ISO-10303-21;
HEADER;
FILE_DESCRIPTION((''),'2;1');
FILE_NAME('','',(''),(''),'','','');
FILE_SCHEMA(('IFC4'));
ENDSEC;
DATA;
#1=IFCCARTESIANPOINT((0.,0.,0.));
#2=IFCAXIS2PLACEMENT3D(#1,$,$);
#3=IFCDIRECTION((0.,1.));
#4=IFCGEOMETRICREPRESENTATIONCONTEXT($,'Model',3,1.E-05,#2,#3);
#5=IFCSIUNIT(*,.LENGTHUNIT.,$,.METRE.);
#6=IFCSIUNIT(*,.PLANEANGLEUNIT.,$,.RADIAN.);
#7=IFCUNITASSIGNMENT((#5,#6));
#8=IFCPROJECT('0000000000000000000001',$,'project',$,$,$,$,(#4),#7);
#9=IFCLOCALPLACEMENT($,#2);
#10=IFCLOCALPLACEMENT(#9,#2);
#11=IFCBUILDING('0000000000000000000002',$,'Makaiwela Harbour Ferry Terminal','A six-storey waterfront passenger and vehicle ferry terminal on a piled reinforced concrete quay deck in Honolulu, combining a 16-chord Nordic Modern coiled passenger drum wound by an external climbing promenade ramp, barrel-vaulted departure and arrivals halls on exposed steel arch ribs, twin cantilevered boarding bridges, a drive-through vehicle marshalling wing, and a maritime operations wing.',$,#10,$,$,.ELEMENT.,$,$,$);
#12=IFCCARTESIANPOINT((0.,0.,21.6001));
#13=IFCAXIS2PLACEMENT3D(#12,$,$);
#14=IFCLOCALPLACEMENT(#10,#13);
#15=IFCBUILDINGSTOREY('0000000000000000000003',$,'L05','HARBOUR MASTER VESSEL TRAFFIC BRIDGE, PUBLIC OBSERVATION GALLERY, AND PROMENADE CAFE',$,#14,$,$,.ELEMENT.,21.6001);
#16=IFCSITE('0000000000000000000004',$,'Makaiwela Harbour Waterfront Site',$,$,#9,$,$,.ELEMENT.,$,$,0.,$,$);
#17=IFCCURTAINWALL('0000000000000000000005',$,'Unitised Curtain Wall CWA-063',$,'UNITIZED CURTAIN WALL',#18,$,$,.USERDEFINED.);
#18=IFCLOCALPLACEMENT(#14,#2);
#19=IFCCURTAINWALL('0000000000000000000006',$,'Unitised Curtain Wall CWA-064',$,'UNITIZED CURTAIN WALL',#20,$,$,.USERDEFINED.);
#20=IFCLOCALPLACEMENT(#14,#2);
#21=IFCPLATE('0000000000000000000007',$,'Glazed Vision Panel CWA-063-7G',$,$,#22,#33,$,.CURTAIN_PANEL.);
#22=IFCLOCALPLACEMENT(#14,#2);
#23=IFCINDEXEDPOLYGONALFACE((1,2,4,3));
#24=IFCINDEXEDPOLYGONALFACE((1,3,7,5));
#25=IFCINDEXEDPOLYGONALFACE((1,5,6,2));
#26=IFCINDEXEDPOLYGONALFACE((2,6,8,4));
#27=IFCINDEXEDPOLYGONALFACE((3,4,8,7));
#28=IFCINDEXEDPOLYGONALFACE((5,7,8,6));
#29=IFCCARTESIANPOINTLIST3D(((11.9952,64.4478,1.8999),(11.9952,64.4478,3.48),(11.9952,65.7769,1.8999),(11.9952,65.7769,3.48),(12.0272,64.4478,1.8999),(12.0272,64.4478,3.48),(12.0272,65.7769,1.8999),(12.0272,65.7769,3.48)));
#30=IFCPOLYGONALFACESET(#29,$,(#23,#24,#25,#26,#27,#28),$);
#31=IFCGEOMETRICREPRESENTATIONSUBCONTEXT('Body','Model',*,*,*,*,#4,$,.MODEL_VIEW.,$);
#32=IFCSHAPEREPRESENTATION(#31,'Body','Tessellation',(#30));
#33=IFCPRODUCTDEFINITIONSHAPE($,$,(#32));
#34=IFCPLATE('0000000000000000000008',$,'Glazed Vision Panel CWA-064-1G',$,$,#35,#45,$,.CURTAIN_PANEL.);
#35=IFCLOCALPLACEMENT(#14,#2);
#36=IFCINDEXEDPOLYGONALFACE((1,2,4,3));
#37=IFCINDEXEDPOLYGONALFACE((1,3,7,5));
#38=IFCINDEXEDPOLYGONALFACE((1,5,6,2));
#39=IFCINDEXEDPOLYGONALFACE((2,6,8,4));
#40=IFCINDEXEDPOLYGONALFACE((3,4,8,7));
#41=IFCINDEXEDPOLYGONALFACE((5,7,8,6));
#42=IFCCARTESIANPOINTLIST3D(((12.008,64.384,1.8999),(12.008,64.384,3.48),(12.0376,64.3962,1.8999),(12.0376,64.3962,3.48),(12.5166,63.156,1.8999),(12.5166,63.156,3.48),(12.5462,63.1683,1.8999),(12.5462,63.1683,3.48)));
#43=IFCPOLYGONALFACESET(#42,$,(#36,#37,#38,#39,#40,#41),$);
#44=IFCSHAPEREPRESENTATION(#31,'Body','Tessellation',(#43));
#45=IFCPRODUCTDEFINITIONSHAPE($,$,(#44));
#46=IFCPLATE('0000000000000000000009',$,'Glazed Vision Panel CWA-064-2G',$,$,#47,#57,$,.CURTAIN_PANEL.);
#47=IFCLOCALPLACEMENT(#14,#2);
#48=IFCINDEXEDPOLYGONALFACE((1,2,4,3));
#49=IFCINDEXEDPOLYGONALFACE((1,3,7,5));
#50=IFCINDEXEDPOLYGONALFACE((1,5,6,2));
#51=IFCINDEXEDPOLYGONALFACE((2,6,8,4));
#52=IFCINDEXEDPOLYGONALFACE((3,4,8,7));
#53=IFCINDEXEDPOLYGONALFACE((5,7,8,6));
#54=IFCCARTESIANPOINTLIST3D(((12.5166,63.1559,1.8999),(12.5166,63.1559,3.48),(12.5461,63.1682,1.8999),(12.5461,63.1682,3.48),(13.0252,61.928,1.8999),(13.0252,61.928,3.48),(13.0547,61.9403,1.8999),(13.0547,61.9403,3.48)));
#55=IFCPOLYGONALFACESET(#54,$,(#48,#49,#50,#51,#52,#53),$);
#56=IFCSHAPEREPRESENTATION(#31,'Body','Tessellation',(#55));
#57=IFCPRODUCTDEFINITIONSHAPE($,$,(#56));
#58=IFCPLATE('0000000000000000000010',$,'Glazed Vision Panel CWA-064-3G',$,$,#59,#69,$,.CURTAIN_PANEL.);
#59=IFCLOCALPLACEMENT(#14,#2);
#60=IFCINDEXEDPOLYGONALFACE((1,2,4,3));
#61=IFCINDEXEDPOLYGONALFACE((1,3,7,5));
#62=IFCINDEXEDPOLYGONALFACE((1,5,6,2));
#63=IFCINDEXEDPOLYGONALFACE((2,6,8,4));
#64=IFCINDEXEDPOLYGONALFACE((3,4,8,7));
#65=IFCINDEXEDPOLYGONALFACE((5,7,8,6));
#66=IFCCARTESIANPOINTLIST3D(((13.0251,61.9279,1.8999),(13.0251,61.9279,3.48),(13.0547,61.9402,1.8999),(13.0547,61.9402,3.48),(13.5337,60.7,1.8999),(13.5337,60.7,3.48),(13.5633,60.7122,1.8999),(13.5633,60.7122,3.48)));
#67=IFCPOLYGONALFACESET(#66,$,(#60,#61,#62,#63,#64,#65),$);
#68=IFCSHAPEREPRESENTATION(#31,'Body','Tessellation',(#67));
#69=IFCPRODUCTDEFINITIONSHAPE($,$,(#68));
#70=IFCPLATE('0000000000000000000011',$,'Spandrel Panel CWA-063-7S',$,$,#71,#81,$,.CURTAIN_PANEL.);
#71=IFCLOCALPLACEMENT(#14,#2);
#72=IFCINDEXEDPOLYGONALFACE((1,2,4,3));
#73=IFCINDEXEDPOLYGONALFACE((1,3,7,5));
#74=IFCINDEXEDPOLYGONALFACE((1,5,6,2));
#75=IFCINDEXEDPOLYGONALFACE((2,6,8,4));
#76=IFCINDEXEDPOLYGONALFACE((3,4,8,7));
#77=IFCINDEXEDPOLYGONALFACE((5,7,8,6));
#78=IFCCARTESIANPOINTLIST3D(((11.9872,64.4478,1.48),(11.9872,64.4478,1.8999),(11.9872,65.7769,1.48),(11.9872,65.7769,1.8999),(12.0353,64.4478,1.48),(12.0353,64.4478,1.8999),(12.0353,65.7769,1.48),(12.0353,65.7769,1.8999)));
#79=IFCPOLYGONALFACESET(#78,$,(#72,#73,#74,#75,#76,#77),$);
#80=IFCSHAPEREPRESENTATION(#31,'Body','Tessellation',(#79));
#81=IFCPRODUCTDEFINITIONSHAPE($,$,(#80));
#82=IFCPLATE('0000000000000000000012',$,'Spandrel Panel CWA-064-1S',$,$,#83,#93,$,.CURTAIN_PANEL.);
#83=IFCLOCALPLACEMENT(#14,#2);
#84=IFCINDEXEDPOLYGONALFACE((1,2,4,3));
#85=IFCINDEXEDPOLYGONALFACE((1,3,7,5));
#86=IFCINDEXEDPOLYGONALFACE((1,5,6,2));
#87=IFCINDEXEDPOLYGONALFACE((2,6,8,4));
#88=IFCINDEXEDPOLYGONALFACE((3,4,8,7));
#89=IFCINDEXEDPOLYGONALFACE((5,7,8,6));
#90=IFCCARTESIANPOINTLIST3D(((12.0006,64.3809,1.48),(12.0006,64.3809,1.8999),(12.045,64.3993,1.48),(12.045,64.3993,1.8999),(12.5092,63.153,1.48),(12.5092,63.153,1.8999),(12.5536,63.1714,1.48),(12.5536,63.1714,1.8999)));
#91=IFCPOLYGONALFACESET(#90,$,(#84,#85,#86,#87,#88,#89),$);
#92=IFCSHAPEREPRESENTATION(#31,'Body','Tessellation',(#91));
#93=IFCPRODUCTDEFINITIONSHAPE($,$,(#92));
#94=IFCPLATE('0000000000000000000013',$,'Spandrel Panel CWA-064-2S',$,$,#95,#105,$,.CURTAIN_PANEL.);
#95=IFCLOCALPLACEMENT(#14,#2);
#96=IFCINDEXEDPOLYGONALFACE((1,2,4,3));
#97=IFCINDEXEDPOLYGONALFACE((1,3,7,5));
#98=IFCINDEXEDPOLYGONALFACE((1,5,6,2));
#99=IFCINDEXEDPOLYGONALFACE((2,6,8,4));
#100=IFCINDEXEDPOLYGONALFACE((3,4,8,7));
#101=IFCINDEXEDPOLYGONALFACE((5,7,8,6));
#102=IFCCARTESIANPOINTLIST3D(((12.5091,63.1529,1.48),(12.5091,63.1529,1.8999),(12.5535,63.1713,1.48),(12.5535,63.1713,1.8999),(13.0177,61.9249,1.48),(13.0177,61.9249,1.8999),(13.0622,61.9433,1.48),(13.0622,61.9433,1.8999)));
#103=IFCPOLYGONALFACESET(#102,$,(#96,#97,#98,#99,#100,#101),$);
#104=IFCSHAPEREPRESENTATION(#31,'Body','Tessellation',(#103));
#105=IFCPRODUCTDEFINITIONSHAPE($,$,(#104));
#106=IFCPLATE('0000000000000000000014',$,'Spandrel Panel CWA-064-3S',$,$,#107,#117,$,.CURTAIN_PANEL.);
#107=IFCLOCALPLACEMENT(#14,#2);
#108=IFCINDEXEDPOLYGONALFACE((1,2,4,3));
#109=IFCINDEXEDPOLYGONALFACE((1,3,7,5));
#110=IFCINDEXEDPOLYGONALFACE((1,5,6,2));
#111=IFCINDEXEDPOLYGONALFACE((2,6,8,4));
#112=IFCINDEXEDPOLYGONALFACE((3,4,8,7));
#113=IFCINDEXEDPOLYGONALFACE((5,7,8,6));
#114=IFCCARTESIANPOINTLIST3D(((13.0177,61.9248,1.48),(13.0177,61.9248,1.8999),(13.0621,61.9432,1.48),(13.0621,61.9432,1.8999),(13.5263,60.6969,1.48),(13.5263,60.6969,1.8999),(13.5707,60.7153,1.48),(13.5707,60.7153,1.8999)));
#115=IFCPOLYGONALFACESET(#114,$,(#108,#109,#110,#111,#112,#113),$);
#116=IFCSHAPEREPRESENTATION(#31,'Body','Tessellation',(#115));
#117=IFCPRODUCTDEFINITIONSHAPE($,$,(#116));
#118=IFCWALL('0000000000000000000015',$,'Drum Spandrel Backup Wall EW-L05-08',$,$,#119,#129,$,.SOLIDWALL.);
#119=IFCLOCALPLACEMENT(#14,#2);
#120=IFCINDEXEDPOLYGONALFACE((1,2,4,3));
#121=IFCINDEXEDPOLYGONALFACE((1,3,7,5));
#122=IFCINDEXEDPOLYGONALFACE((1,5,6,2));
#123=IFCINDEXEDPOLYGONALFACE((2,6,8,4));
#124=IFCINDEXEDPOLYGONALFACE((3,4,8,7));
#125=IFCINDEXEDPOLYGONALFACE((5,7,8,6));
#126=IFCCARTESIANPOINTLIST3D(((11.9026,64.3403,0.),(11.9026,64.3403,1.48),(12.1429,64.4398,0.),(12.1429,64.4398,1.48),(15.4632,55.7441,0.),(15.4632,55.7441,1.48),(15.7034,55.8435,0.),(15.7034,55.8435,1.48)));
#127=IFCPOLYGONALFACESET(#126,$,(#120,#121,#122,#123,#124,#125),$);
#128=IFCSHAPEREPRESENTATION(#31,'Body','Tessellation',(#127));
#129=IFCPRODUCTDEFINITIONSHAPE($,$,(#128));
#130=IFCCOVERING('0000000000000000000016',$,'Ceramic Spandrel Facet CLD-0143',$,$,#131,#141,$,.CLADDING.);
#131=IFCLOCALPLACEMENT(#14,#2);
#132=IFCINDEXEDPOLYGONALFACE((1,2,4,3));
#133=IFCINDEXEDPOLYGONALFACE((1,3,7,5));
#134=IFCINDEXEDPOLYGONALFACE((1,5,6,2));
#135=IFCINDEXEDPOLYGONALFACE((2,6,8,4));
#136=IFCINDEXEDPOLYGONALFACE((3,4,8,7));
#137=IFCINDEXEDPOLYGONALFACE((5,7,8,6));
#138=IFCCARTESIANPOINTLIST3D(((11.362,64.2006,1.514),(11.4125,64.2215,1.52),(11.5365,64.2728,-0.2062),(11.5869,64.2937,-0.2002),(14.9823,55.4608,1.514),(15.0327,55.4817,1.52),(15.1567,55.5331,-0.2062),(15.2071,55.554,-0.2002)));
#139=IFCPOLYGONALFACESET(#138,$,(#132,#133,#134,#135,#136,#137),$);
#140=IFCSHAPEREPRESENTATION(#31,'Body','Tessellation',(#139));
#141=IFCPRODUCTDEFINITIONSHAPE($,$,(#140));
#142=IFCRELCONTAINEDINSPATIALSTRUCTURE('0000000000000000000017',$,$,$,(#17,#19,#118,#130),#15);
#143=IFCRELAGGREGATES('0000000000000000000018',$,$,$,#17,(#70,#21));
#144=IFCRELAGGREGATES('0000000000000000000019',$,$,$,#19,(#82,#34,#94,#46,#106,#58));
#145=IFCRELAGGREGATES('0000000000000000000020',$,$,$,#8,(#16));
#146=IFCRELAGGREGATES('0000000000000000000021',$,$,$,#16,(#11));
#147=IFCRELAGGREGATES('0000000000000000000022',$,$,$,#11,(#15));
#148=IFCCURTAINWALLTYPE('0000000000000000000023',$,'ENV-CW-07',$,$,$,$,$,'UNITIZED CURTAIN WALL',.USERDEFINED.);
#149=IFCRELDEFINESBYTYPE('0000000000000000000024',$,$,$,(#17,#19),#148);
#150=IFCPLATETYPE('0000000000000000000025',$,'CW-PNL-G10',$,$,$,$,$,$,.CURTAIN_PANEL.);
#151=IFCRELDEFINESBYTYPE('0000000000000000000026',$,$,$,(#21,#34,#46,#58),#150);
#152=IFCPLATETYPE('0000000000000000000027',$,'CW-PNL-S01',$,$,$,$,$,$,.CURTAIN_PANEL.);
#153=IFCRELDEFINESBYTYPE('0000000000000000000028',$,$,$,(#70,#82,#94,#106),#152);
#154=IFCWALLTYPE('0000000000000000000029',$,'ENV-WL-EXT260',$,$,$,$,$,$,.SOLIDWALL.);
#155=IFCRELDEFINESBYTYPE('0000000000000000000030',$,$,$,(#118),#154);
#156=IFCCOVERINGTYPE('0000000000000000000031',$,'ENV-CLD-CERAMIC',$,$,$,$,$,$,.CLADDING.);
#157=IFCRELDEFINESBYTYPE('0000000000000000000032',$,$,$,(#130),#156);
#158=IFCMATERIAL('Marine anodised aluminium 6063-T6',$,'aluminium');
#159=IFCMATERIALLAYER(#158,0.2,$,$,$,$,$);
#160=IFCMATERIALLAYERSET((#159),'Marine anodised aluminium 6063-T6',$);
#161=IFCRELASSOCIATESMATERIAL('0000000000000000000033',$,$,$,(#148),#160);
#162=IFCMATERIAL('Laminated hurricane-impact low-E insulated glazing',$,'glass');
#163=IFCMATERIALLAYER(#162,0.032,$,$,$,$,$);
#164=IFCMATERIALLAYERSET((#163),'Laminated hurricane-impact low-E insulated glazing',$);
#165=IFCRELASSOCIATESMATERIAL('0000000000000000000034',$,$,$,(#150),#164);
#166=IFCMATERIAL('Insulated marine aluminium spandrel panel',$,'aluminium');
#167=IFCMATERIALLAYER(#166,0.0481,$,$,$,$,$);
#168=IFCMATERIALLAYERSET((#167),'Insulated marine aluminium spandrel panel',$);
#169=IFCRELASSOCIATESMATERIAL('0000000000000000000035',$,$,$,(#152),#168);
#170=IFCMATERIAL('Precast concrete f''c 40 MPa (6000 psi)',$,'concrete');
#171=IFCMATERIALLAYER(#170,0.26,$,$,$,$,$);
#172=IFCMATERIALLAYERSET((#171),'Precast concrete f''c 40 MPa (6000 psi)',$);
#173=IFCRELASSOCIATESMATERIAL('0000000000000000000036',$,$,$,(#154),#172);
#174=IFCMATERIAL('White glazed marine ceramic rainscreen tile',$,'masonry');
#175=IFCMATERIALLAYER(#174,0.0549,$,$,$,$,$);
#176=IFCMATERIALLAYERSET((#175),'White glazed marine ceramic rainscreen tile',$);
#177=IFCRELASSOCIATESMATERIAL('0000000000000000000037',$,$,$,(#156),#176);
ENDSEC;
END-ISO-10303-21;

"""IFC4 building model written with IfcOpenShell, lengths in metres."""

from ifc_helpers import new_model, si_unit, direction, frame, frame_2d, origin, origin_2d, place, context, subcontext, project, spatial, polyline, rectangle, outline, extrude, material, layer, layer_set, type_object, element, aggregate, save


model = new_model("IFC4")

# Units and contexts
model_context = context("Model", 3, precision=1e-05, world=origin(), true_north=direction((0.0, 1.0)))
body_context = subcontext(model_context, "Body", "Model", "MODEL_VIEW")
ifc_project = project(units=[si_unit("LENGTHUNIT", "METRE"), si_unit("PLANEANGLEUNIT", "RADIAN")], contexts=[model_context])

# Site, building, storey
site_placement = place(None, origin())
site = spatial("IfcSite", under=ifc_project, at=site_placement, Name="Makaiwela Harbour Waterfront Site", CompositionType="ELEMENT", RefElevation=0.0)
building_placement = place(site_placement, origin())
building = spatial("IfcBuilding", under=site, at=building_placement, Name="Makaiwela Harbour Ferry Terminal", Description="A six-storey waterfront passenger and vehicle ferry terminal on a piled reinforced concrete quay deck in Honolulu, combining a 16-chord Nordic Modern coiled passenger drum wound by an external climbing promenade ramp, barrel-vaulted departure and arrivals halls on exposed steel arch ribs, twin cantilevered boarding bridges, a drive-through vehicle marshalling wing, and a maritime operations wing.", CompositionType="ELEMENT")
storey_placement = place(building_placement, frame((0.0, 0.0, 21.6001)))
storey = spatial("IfcBuildingStorey", under=building, at=storey_placement, Name="L05", Description="HARBOUR MASTER VESSEL TRAFFIC BRIDGE, PUBLIC OBSERVATION GALLERY, AND PROMENADE CAFE", CompositionType="ELEMENT", Elevation=21.6001)

# Curtain wall
ifc_material_1 = material(Name="Marine anodised aluminium 6063-T6", Category="aluminium")
ifc_layer_1 = layer(ifc_material_1, 0.2)
ifc_layer_set_1 = layer_set([ifc_layer_1], Name="Marine anodised aluminium 6063-T6")
curtain_wall_type = type_object("IfcCurtainWallType", Name="ENV-CW-07", ElementType="UNITIZED CURTAIN WALL", PredefinedType="USERDEFINED", material=ifc_layer_set_1)
curtain_wall_1_placement = place(storey_placement, origin())
curtain_wall_1 = element("IfcCurtainWall", 1, at=curtain_wall_1_placement, inside=storey, type_object=curtain_wall_type, Name="Unitised Curtain Wall CWA-063", ObjectType="UNITIZED CURTAIN WALL", PredefinedType="USERDEFINED")

# Curtain wall
curtain_wall_2_placement = place(storey_placement, origin())
curtain_wall_2 = element("IfcCurtainWall", 2, at=curtain_wall_2_placement, inside=storey, type_object=curtain_wall_type, Name="Unitised Curtain Wall CWA-064", ObjectType="UNITIZED CURTAIN WALL", PredefinedType="USERDEFINED")

# Plates
ifc_material_2 = material(Name="Laminated hurricane-impact low-E insulated glazing", Category="glass")
ifc_layer_2 = layer(ifc_material_2, 0.032)
ifc_layer_set_2 = layer_set([ifc_layer_2], Name="Laminated hurricane-impact low-E insulated glazing")
plate_type_1 = type_object("IfcPlateType", Name="CW-PNL-G10", PredefinedType="CURTAIN_PANEL", material=ifc_layer_set_2)
plate_1_placement = place(storey_placement, frame((12.0112, 65.1123, 1.8999), z_axis=(0.0, 0.0, 1.0), x_axis=(0.0, -1.0, 0.0)))
plate_1 = element("IfcPlate", 3, at=plate_1_placement, type_object=plate_type_1, Name="Glazed Vision Panel CWA-063-7G", PredefinedType="CURTAIN_PANEL", context=body_context, shape_type="SweptSolid", body=[
    extrude(rectangle(XDim=1.3291, YDim=0.032, at=origin_2d()), origin(), (0.0, 0.0, 1.0), 1.5801),
])
plate_2_placement = place(storey_placement, frame((12.2771, 63.7761, 1.8999), z_axis=(0.0, 0.0, 1.0), x_axis=(0.382683, -0.92388, 0.0)))
plate_2 = element("IfcPlate", 4, at=plate_2_placement, type_object=plate_type_1, Name="Glazed Vision Panel CWA-064-1G", PredefinedType="CURTAIN_PANEL", context=body_context, shape_type="SweptSolid", body=[
    extrude(rectangle(XDim=1.3291, YDim=0.032, at=origin_2d()), origin(), (0.0, 0.0, 1.0), 1.5801),
])
plate_3_placement = place(storey_placement, frame((12.7856, 62.5481, 1.8999), z_axis=(0.0, 0.0, 1.0), x_axis=(0.382683, -0.92388, 0.0)))
plate_3 = element("IfcPlate", 5, at=plate_3_placement, type_object=plate_type_1, Name="Glazed Vision Panel CWA-064-2G", PredefinedType="CURTAIN_PANEL", context=body_context, shape_type="SweptSolid", body=[
    extrude(rectangle(XDim=1.3291, YDim=0.032, at=origin_2d()), origin(), (0.0, 0.0, 1.0), 1.5801),
])
plate_4_placement = place(storey_placement, frame((13.2942, 61.3201, 1.8999), z_axis=(0.0, 0.0, 1.0), x_axis=(0.382683, -0.92388, 0.0)))
plate_4 = element("IfcPlate", 6, at=plate_4_placement, type_object=plate_type_1, Name="Glazed Vision Panel CWA-064-3G", PredefinedType="CURTAIN_PANEL", context=body_context, shape_type="SweptSolid", body=[
    extrude(rectangle(XDim=1.3291, YDim=0.032, at=origin_2d()), origin(), (0.0, 0.0, 1.0), 1.5801),
])
ifc_material_3 = material(Name="Insulated marine aluminium spandrel panel", Category="aluminium")
ifc_layer_3 = layer(ifc_material_3, 0.0481)
ifc_layer_set_3 = layer_set([ifc_layer_3], Name="Insulated marine aluminium spandrel panel")
plate_type_2 = type_object("IfcPlateType", Name="CW-PNL-S01", PredefinedType="CURTAIN_PANEL", material=ifc_layer_set_3)
plate_5_placement = place(storey_placement, frame((12.0112, 65.1123, 1.48), z_axis=(0.0, 0.0, 1.0), x_axis=(0.0, -1.0, 0.0)))
plate_5 = element("IfcPlate", 7, at=plate_5_placement, type_object=plate_type_2, Name="Spandrel Panel CWA-063-7S", PredefinedType="CURTAIN_PANEL", context=body_context, shape_type="SweptSolid", body=[
    extrude(rectangle(XDim=1.3291, YDim=0.0481, at=origin_2d()), origin(), (0.0, 0.0, 1.0), 0.4199),
])
aggregate(curtain_wall_1, [plate_5, plate_1])
plate_6_placement = place(storey_placement, frame((12.2771, 63.7761, 1.48), z_axis=(0.0, 0.0, 1.0), x_axis=(0.382683, -0.92388, 0.0)))
plate_6 = element("IfcPlate", 8, at=plate_6_placement, type_object=plate_type_2, Name="Spandrel Panel CWA-064-1S", PredefinedType="CURTAIN_PANEL", context=body_context, shape_type="SweptSolid", body=[
    extrude(rectangle(XDim=1.3291, YDim=0.0481, at=origin_2d()), origin(), (0.0, 0.0, 1.0), 0.4199),
])
plate_7_placement = place(storey_placement, frame((12.7856, 62.5481, 1.48), z_axis=(0.0, 0.0, 1.0), x_axis=(0.382683, -0.92388, 0.0)))
plate_7 = element("IfcPlate", 9, at=plate_7_placement, type_object=plate_type_2, Name="Spandrel Panel CWA-064-2S", PredefinedType="CURTAIN_PANEL", context=body_context, shape_type="SweptSolid", body=[
    extrude(rectangle(XDim=1.3291, YDim=0.0481, at=origin_2d()), origin(), (0.0, 0.0, 1.0), 0.4199),
])
plate_8_placement = place(storey_placement, frame((13.2942, 61.3201, 1.48), z_axis=(0.0, 0.0, 1.0), x_axis=(0.382683, -0.92388, 0.0)))
plate_8 = element("IfcPlate", 10, at=plate_8_placement, type_object=plate_type_2, Name="Spandrel Panel CWA-064-3S", PredefinedType="CURTAIN_PANEL", context=body_context, shape_type="SweptSolid", body=[
    extrude(rectangle(XDim=1.3291, YDim=0.0481, at=origin_2d()), origin(), (0.0, 0.0, 1.0), 0.4199),
])
aggregate(curtain_wall_2, [plate_6, plate_2, plate_7, plate_3, plate_8, plate_4])

# Wall
ifc_material_4 = material(Name="Precast concrete f'c 40 MPa (6000 psi)", Category="concrete")
ifc_layer_4 = layer(ifc_material_4, 0.26)
ifc_layer_set_4 = layer_set([ifc_layer_4], Name="Precast concrete f'c 40 MPa (6000 psi)")
wall_type = type_object("IfcWallType", Name="ENV-WL-EXT260", PredefinedType="SOLIDWALL", material=ifc_layer_set_4)
wall_placement = place(storey_placement, frame((12.0227, 64.3901, 0.0), z_axis=(0.0, 0.0, 1.0), x_axis=(0.382673, -0.923884, 0.0)))
element("IfcWall", 11, at=wall_placement, inside=storey, type_object=wall_type, Name="Drum Spandrel Backup Wall EW-L05-08", PredefinedType="SOLIDWALL", context=body_context, shape_type="SweptSolid", body=[
    extrude(rectangle(XDim=9.3044, YDim=0.26, at=frame_2d((4.6523, 0.0))), origin(), (0.0, 0.0, 1.0), 1.48),
])

# Covering
ifc_material_5 = material(Name="White glazed marine ceramic rainscreen tile", Category="masonry")
ifc_layer_5 = layer(ifc_material_5, 0.0549)
ifc_layer_set_5 = layer_set([ifc_layer_5], Name="White glazed marine ceramic rainscreen tile")
covering_type = type_object("IfcCoveringType", Name="ENV-CLD-CERAMIC", PredefinedType="CLADDING", material=ifc_layer_set_5)
covering_placement = place(storey_placement, frame((11.5869, 64.2937, -0.2002), z_axis=(0.91836, 0.380409, 0.109107), x_axis=(0.382694, -0.923875, 0.000001)))
element("IfcCovering", 12, at=covering_placement, inside=storey, type_object=covering_type, Name="Ceramic Spandrel Facet CLD-0143", PredefinedType="CLADDING", context=body_context, shape_type="SweptSolid", body=[
    extrude(outline(polyline([(0.0, 0.0), (9.4598, 0.0), (9.4599, -1.7305), (0.0, -1.7306), (0.0, 0.0)])), origin(), (0.0, 0.0, -1.0), 0.0549),
])

save(model, "model.ifc")
